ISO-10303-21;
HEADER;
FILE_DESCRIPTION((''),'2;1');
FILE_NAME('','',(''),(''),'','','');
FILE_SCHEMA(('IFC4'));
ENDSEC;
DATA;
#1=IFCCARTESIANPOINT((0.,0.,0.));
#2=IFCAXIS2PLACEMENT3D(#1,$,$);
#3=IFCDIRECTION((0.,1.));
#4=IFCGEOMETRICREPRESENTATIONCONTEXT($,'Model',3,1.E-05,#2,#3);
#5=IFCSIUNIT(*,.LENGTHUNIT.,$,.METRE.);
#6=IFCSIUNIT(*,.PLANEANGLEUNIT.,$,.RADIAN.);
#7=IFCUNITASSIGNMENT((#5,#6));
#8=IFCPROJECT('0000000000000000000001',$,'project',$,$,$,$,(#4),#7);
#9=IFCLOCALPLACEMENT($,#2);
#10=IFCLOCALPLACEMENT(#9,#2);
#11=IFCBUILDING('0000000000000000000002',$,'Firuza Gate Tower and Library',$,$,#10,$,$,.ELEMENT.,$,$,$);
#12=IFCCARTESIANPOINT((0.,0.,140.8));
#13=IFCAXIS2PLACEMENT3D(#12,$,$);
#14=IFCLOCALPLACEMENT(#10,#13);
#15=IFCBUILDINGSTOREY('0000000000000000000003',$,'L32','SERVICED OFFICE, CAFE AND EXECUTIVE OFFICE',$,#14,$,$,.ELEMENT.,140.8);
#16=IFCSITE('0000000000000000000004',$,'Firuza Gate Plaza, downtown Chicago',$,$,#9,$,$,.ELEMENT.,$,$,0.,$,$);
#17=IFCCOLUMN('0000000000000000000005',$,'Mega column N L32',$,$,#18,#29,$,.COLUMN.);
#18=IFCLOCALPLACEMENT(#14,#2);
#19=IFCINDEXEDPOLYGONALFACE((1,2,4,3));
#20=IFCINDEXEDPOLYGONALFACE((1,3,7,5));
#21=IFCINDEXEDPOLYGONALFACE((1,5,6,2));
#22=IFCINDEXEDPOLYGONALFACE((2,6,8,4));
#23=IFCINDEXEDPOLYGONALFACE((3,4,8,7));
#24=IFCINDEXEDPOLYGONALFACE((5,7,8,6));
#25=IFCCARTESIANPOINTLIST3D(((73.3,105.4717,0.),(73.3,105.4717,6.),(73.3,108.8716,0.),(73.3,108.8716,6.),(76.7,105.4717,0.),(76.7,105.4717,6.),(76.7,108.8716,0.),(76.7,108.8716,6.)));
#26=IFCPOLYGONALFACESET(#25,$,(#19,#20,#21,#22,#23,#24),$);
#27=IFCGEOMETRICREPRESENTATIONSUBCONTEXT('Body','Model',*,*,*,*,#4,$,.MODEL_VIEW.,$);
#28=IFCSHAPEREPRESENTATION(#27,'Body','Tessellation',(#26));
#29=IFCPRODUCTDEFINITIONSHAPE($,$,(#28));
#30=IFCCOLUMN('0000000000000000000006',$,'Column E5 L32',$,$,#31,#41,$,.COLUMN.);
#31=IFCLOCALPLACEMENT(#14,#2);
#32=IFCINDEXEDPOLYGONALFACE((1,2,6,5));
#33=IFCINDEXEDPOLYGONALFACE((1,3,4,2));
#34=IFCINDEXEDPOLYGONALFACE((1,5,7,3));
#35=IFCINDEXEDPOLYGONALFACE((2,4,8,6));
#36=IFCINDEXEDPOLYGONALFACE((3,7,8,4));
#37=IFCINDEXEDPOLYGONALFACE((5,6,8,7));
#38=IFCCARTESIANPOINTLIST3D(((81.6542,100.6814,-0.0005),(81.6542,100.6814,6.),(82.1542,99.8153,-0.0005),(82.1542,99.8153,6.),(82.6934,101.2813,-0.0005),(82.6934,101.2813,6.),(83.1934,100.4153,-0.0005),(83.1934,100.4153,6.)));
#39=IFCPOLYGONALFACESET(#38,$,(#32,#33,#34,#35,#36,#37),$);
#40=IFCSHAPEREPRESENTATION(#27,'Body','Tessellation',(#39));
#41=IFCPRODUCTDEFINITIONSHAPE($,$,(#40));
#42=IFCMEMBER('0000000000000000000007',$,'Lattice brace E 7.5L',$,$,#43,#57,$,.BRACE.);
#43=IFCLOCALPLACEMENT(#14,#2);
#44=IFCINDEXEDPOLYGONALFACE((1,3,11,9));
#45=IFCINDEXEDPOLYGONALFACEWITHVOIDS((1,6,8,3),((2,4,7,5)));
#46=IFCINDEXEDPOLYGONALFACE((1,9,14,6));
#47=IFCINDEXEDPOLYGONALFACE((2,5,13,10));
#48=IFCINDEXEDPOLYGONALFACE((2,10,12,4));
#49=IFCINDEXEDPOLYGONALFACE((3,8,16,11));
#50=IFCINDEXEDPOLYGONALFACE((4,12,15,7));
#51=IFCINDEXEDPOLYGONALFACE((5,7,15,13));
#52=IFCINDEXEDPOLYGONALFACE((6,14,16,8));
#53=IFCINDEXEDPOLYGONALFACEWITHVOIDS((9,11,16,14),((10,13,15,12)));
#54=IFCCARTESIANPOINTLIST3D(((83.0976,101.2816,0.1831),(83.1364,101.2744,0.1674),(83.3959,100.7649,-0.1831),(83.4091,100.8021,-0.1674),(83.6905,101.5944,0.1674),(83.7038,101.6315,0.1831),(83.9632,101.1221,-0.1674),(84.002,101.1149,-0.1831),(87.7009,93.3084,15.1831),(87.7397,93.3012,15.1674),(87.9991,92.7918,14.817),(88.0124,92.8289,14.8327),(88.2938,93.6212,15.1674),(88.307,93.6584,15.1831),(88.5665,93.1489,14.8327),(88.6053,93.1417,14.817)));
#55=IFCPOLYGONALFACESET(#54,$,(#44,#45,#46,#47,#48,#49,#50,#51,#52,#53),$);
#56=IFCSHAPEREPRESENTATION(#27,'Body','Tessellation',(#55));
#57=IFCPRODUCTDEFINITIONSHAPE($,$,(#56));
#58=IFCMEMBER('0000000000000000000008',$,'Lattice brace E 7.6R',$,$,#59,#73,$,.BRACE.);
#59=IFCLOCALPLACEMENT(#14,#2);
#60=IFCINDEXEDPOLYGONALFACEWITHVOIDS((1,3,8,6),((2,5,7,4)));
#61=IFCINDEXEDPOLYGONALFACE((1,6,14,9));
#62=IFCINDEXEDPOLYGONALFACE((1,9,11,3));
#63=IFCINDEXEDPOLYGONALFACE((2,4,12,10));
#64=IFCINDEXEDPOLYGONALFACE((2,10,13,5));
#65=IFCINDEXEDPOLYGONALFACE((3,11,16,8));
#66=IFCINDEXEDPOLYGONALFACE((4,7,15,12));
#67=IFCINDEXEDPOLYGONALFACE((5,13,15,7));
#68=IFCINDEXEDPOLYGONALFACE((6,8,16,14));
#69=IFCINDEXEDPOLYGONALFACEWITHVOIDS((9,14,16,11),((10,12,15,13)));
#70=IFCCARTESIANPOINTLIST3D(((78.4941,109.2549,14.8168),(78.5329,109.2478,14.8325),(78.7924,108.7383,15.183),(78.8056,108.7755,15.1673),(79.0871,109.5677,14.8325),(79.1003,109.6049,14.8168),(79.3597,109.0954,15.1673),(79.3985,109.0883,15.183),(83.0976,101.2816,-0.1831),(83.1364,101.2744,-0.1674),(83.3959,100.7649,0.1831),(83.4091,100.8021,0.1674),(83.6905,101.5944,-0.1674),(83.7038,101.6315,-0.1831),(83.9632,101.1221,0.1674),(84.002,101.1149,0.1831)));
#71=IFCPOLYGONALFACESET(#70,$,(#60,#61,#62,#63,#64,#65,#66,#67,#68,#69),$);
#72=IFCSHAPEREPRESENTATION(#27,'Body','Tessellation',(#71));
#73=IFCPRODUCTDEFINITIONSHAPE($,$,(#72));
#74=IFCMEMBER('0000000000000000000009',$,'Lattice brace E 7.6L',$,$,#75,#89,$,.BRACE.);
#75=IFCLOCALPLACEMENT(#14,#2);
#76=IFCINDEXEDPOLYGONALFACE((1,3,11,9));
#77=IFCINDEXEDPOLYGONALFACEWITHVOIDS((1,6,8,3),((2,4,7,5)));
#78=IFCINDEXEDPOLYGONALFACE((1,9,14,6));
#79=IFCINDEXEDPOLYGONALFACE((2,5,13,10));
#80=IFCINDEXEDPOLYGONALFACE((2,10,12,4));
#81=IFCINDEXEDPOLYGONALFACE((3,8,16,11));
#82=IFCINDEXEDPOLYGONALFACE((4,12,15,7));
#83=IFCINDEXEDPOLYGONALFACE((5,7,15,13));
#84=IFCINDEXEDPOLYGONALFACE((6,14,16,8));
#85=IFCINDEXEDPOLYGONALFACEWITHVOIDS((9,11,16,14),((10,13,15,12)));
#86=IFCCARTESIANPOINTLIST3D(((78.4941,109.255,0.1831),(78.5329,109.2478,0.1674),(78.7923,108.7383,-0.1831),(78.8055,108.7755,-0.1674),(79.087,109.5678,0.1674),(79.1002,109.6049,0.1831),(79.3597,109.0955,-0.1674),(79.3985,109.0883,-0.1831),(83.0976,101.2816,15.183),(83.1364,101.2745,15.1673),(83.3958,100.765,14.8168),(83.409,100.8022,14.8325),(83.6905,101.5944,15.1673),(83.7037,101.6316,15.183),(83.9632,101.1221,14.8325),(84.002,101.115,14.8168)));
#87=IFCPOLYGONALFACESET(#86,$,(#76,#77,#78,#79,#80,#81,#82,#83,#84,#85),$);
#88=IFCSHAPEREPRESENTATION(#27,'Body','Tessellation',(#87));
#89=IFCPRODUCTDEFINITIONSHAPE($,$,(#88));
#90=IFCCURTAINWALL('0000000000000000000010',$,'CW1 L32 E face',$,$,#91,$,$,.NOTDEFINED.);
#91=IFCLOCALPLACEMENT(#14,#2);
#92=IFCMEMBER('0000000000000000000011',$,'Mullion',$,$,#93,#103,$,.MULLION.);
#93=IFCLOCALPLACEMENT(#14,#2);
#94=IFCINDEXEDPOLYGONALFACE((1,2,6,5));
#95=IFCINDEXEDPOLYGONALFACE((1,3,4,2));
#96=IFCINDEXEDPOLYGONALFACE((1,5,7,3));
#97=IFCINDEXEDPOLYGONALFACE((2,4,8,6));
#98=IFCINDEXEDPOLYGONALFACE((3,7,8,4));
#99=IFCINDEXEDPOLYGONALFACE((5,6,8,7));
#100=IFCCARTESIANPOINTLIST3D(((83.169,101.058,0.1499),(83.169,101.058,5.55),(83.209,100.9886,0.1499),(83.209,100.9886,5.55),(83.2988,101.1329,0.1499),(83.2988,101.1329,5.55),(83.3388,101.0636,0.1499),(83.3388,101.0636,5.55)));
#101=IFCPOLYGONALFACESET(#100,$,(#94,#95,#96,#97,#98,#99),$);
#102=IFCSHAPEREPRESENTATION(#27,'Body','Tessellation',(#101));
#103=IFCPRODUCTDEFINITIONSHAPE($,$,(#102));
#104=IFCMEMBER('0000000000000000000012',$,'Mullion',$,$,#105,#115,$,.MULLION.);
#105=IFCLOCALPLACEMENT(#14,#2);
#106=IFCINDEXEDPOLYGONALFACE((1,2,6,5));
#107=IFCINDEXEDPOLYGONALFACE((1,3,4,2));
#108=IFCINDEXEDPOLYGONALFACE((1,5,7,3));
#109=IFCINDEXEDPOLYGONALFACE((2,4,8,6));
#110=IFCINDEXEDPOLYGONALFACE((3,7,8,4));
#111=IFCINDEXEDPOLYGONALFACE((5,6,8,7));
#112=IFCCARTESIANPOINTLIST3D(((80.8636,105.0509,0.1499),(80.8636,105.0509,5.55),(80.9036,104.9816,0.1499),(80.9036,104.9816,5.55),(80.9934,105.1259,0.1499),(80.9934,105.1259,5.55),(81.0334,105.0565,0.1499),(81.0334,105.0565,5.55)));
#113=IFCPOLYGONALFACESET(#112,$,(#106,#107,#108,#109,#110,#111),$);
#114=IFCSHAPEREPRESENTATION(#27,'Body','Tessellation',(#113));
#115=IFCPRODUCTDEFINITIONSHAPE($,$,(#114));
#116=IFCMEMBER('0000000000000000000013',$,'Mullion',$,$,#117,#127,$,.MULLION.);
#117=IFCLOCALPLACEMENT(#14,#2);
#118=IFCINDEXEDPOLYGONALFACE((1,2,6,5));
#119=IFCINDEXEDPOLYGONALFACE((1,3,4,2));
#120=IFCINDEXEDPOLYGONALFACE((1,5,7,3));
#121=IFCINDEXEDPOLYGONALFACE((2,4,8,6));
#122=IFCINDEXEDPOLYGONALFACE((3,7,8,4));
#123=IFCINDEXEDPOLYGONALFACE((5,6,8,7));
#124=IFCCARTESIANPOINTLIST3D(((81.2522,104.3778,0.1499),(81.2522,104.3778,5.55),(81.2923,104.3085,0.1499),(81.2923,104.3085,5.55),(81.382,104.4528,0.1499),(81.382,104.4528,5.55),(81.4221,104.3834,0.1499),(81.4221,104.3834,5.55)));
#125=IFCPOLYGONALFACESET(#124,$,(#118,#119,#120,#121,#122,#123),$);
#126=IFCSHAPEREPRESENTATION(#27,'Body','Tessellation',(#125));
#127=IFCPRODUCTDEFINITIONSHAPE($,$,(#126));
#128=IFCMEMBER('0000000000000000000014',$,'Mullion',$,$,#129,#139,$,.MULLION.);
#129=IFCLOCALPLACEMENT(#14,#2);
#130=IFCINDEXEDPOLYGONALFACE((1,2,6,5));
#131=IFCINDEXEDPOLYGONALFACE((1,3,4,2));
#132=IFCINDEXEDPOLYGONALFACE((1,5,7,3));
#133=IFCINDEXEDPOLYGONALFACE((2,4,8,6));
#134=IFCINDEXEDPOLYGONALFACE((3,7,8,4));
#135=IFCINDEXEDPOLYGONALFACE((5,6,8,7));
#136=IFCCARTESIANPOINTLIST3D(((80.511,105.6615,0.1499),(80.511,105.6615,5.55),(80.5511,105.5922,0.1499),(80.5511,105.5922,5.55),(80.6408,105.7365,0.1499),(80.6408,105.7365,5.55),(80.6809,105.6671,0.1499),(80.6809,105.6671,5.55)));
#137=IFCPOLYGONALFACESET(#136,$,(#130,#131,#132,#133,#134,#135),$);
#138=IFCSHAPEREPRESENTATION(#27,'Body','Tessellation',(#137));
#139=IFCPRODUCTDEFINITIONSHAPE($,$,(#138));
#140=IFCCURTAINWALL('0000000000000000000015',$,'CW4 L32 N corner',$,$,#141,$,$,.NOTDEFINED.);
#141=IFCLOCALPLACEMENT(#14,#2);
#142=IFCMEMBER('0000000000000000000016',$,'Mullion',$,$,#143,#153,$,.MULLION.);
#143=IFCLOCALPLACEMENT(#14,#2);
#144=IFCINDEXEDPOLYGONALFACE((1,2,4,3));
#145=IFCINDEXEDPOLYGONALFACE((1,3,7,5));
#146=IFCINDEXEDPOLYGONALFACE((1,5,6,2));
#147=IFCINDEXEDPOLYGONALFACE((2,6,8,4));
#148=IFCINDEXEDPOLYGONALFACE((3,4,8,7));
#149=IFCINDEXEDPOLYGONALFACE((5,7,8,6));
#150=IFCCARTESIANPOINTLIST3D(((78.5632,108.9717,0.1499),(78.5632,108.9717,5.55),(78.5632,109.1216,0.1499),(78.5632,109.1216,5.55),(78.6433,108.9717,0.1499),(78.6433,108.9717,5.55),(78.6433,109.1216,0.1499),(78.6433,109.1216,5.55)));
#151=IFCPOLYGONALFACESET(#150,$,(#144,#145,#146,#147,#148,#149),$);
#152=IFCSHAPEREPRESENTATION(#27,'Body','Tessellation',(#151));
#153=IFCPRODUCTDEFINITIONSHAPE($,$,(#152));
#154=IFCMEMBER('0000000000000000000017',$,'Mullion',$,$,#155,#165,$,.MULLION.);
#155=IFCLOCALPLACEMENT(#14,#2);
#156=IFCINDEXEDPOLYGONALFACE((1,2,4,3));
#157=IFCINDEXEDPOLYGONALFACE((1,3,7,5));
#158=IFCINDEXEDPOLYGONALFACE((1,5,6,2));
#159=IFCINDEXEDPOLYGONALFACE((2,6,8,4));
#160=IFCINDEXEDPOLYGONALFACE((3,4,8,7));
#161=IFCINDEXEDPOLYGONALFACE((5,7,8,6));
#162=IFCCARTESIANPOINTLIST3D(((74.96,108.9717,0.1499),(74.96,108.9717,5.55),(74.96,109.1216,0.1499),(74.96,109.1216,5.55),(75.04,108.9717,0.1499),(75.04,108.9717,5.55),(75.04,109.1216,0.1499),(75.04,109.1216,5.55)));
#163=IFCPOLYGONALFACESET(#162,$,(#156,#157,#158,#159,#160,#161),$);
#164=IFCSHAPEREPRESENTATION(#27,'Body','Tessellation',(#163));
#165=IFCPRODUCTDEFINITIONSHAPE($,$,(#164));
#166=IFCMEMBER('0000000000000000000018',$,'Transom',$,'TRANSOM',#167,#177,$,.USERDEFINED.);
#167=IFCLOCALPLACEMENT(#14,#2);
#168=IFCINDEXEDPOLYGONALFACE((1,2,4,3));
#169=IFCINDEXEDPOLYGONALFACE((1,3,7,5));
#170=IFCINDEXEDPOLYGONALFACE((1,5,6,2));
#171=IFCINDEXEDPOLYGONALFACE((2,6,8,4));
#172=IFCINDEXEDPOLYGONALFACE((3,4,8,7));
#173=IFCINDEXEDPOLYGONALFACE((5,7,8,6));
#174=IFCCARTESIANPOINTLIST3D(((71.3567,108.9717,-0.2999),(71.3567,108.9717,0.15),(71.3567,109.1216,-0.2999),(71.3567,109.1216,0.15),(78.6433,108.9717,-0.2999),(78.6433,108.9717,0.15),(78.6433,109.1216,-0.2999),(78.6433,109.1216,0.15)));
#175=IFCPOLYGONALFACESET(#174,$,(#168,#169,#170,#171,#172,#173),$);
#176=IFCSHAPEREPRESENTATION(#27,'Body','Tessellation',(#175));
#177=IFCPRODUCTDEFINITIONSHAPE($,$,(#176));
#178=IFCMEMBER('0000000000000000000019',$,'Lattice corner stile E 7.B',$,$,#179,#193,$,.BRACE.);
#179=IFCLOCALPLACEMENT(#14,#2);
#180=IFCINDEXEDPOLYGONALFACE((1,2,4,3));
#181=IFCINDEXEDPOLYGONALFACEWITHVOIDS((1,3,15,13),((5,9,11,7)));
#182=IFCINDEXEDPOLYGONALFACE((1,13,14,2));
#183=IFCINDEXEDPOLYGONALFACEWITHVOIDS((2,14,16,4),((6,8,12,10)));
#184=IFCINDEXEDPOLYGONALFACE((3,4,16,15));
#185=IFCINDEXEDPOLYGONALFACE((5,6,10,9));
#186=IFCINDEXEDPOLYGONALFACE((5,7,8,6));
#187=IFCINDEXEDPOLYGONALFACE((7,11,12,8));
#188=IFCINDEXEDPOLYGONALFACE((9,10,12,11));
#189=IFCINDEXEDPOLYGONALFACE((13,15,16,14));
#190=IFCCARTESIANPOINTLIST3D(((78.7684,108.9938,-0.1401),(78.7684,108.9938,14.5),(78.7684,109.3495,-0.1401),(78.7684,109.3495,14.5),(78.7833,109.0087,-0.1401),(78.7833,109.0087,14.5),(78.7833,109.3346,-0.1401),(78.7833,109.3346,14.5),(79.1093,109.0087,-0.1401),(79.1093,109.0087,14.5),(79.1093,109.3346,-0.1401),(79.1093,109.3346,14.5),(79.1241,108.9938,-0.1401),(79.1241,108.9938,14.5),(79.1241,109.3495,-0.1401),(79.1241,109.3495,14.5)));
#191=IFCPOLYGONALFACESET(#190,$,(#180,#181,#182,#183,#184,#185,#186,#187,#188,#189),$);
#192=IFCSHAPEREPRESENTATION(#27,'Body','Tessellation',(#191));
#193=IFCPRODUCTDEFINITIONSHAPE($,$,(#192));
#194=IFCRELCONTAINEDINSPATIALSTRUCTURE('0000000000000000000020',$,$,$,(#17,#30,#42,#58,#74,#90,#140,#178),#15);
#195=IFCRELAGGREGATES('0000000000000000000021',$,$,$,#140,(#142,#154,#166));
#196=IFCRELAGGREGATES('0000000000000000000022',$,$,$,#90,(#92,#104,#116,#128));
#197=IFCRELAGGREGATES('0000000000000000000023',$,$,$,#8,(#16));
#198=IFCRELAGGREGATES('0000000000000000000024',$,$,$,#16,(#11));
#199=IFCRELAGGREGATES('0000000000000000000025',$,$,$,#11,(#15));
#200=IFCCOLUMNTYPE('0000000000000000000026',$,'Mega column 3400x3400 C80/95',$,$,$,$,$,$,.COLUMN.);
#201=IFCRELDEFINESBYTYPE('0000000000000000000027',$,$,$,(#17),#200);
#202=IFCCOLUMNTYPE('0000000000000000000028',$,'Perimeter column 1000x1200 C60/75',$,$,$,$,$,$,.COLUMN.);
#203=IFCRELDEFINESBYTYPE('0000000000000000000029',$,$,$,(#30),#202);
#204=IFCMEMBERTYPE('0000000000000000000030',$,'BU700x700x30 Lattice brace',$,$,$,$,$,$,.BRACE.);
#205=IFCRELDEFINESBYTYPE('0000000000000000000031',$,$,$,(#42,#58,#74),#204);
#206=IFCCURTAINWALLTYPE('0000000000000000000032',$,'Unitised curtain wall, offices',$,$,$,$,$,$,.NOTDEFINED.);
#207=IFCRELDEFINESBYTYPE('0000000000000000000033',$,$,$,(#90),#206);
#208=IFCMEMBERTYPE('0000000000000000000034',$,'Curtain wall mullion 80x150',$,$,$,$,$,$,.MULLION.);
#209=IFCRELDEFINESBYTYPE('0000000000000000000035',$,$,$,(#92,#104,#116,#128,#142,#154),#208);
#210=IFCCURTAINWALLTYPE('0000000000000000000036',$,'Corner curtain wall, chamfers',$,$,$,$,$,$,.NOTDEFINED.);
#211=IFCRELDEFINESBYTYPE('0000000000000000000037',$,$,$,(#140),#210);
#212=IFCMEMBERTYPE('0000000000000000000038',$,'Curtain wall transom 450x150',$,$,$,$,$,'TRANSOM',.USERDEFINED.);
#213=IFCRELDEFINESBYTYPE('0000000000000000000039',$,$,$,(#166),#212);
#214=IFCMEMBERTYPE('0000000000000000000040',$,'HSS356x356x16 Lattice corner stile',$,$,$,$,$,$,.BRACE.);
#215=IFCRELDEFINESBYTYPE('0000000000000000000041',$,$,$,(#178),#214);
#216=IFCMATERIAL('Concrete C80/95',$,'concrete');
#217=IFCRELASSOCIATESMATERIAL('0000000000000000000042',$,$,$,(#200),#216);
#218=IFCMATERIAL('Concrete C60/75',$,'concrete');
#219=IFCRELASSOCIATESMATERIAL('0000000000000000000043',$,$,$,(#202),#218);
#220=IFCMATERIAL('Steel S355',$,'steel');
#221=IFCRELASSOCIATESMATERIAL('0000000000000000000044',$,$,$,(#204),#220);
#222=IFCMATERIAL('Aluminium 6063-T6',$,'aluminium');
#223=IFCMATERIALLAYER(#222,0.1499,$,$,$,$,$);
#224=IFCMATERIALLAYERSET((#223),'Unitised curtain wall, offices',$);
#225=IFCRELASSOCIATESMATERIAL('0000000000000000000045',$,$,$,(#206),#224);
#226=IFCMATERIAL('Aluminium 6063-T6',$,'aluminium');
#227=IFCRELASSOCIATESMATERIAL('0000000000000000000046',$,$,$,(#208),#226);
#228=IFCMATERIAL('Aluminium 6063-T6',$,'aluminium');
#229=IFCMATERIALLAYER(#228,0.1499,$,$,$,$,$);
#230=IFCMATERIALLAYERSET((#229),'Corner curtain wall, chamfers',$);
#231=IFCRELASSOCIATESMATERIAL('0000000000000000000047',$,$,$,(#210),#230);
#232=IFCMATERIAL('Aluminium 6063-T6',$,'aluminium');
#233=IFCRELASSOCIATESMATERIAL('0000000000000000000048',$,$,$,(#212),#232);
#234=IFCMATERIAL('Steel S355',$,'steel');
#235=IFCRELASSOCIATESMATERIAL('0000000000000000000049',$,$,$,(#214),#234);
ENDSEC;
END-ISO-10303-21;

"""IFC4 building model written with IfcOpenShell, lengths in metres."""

from ifc_helpers import new_model, si_unit, direction, frame, origin, origin_2d, place, context, subcontext, project, spatial, rectangle, hollow_rectangle, extrude, material, layer, layer_set, material_profile, profile_set, type_object, element, aggregate, save


model = new_model("IFC4")

# Units and contexts
model_context = context("Model", 3, precision=1e-05, world=origin(), true_north=direction((0.0, 1.0)))
body_context = subcontext(model_context, "Body", "Model", "MODEL_VIEW")
ifc_project = project(units=[si_unit("LENGTHUNIT", "METRE"), si_unit("PLANEANGLEUNIT", "RADIAN")], contexts=[model_context])

# Site, building, storey
site_placement = place(None, origin())
site = spatial("IfcSite", under=ifc_project, at=site_placement, Name="Firuza Gate Plaza, downtown Chicago", CompositionType="ELEMENT", RefElevation=0.0)
building_placement = place(site_placement, origin())
building = spatial("IfcBuilding", under=site, at=building_placement, Name="Firuza Gate Tower and Library", CompositionType="ELEMENT")
storey_placement = place(building_placement, frame((0.0, 0.0, 140.8)))
storey = spatial("IfcBuildingStorey", under=building, at=storey_placement, Name="L32", Description="SERVICED OFFICE, CAFE AND EXECUTIVE OFFICE", CompositionType="ELEMENT", Elevation=140.8)

# Columns
ifc_material_1 = material(Name="Concrete C80/95", Category="concrete")
ifc_material_profile_1 = material_profile(ifc_material_1, rectangle(XDim=3.3999, YDim=3.3999, at=origin_2d()))
ifc_profile_set_1 = profile_set([ifc_material_profile_1], Name="Concrete C80/95")
column_type_1 = type_object("IfcColumnType", Name="Mega column 3400x3400 C80/95", PredefinedType="COLUMN", material=ifc_profile_set_1)
column_1_placement = place(storey_placement, frame((75.0, 107.1716, 0.0), z_axis=(0.0, 0.0, 1.0), x_axis=(-1.0, 0.0, 0.0)))
element("IfcColumn", 1, at=column_1_placement, inside=storey, type_object=column_type_1, Name="Mega column N L32", PredefinedType="COLUMN", context=body_context, shape_type="SweptSolid", body=[
    extrude(rectangle(XDim=3.3999, YDim=3.3999, at=origin_2d()), origin(), (0.0, 0.0, 1.0), 6.0),
])
ifc_material_2 = material(Name="Concrete C60/75", Category="concrete")
ifc_material_profile_2 = material_profile(ifc_material_2, rectangle(XDim=1.0, YDim=1.2, at=origin_2d()))
ifc_profile_set_2 = profile_set([ifc_material_profile_2], Name="Concrete C60/75")
column_type_2 = type_object("IfcColumnType", Name="Perimeter column 1000x1200 C60/75", PredefinedType="COLUMN", material=ifc_profile_set_2)
column_2_placement = place(storey_placement, frame((82.4238, 100.5483, -0.0005), z_axis=(0.0, 0.0, 1.0), x_axis=(-0.5, 0.866025, 0.0)))
element("IfcColumn", 2, at=column_2_placement, inside=storey, type_object=column_type_2, Name="Column E5 L32", PredefinedType="COLUMN", context=body_context, shape_type="SweptSolid", body=[
    extrude(rectangle(XDim=1.0, YDim=1.2, at=origin_2d()), origin(), (0.0, 0.0, 1.0), 6.0005),
])

# Members
ifc_material_3 = material(Name="Steel S355", Category="steel")
ifc_material_profile_3 = material_profile(ifc_material_3, hollow_rectangle(XDim=0.7, YDim=0.7, WallThickness=0.03, at=origin_2d()))
ifc_profile_set_3 = profile_set([ifc_material_profile_3], Name="Steel S355")
member_type_1 = type_object("IfcMemberType", Name="BU700x700x30 Lattice brace", PredefinedType="BRACE", material=ifc_profile_set_3)
for number, where, z_axis, x_axis, name in (
    (3, (83.5498, 101.1982, 0.0), (0.261549, -0.453019, 0.852271), (0.866027, 0.499998, 0.0), "Lattice brace E 7.5L"),
    (4, (83.5498, 101.1982, 0.0), (-0.26156, 0.453028, 0.852263), (-0.866022, -0.500006, 0.0), "Lattice brace E 7.6R"),
    (5, (78.9463, 109.1716, 0.0), (0.26156, -0.453028, 0.852263), (0.866022, 0.500006, 0.0), "Lattice brace E 7.6L"),
):
    element("IfcMember", number, at=place(storey_placement, frame(where, z_axis=z_axis, x_axis=x_axis)), inside=storey, type_object=member_type_1, Name=name, PredefinedType="BRACE", context=body_context, shape_type="SweptSolid", body=[
        extrude(hollow_rectangle(XDim=0.7, YDim=0.7, WallThickness=0.03, at=origin_2d()), origin(), (0.0, 0.0, 1.0), 17.6001),
    ])

# Curtain walls, members
ifc_material_4 = material(Name="Aluminium 6063-T6", Category="aluminium")
ifc_layer_1 = layer(ifc_material_4, 0.1499)
ifc_layer_set_1 = layer_set([ifc_layer_1], Name="Unitised curtain wall, offices")
curtain_wall_type_1 = type_object("IfcCurtainWallType", Name="Unitised curtain wall, offices", PredefinedType="NOTDEFINED", material=ifc_layer_set_1)
placement = place(storey_placement, origin())
curtain_wall_1 = element("IfcCurtainWall", 6, at=placement, inside=storey, type_object=curtain_wall_type_1, Name="CW1 L32 E face", PredefinedType="NOTDEFINED")
ifc_material_5 = material(Name="Aluminium 6063-T6", Category="aluminium")
ifc_material_profile_4 = material_profile(ifc_material_5, rectangle(XDim=0.1499, YDim=0.0801, at=origin_2d()))
ifc_profile_set_4 = profile_set([ifc_material_profile_4], Name="Aluminium 6063-T6")
member_type_2 = type_object("IfcMemberType", Name="Curtain wall mullion 80x150", PredefinedType="MULLION", material=ifc_profile_set_4)
member_1_placement = place(storey_placement, frame((83.2539, 101.0608, 0.1499), z_axis=(0.0, 0.0, 1.0), x_axis=(-0.866025, -0.5, 0.0)))
member_1 = element("IfcMember", 7, at=member_1_placement, type_object=member_type_2, Name="Mullion", PredefinedType="MULLION", context=body_context, shape_type="SweptSolid", body=[
    extrude(rectangle(XDim=0.1499, YDim=0.0801, at=origin_2d()), origin(), (0.0, 0.0, 1.0), 5.4001),
])
member_2_placement = place(storey_placement, frame((80.9485, 105.0537, 0.1499), z_axis=(0.0, 0.0, 1.0), x_axis=(-0.866025, -0.5, 0.0)))
member_2 = element("IfcMember", 8, at=member_2_placement, type_object=member_type_2, Name="Mullion", PredefinedType="MULLION", context=body_context, shape_type="SweptSolid", body=[
    extrude(rectangle(XDim=0.1499, YDim=0.0801, at=origin_2d()), origin(), (0.0, 0.0, 1.0), 5.4001),
])
member_3_placement = place(storey_placement, frame((81.3372, 104.3806, 0.1499), z_axis=(0.0, 0.0, 1.0), x_axis=(-0.866025, -0.5, 0.0)))
member_3 = element("IfcMember", 9, at=member_3_placement, type_object=member_type_2, Name="Mullion", PredefinedType="MULLION", context=body_context, shape_type="SweptSolid", body=[
    extrude(rectangle(XDim=0.1499, YDim=0.0801, at=origin_2d()), origin(), (0.0, 0.0, 1.0), 5.4001),
])
member_4_placement = place(storey_placement, frame((80.5959, 105.6643, 0.1499), z_axis=(0.0, 0.0, 1.0), x_axis=(-0.866025, -0.5, 0.0)))
member_4 = element("IfcMember", 10, at=member_4_placement, type_object=member_type_2, Name="Mullion", PredefinedType="MULLION", context=body_context, shape_type="SweptSolid", body=[
    extrude(rectangle(XDim=0.1499, YDim=0.0801, at=origin_2d()), origin(), (0.0, 0.0, 1.0), 5.4001),
])
ifc_material_6 = material(Name="Aluminium 6063-T6", Category="aluminium")
ifc_layer_2 = layer(ifc_material_6, 0.1499)
ifc_layer_set_2 = layer_set([ifc_layer_2], Name="Corner curtain wall, chamfers")
curtain_wall_type_2 = type_object("IfcCurtainWallType", Name="Corner curtain wall, chamfers", PredefinedType="NOTDEFINED", material=ifc_layer_set_2)
curtain_wall_2 = element("IfcCurtainWall", 11, at=placement, inside=storey, type_object=curtain_wall_type_2, Name="CW4 L32 N corner", PredefinedType="NOTDEFINED")
member_5_placement = place(storey_placement, frame((78.6033, 109.0466, 0.1499), z_axis=(0.0, 0.0, 1.0), x_axis=(0.0, -1.0, 0.0)))
member_5 = element("IfcMember", 12, at=member_5_placement, type_object=member_type_2, Name="Mullion", PredefinedType="MULLION", context=body_context, shape_type="SweptSolid", body=[
    extrude(rectangle(XDim=0.1499, YDim=0.0801, at=origin_2d()), origin(), (0.0, 0.0, 1.0), 5.4001),
])
member_6_placement = place(storey_placement, frame((75.0, 109.0466, 0.1499), z_axis=(0.0, 0.0, 1.0), x_axis=(0.0, -1.0, 0.0)))
member_6 = element("IfcMember", 13, at=member_6_placement, type_object=member_type_2, Name="Mullion", PredefinedType="MULLION", context=body_context, shape_type="SweptSolid", body=[
    extrude(rectangle(XDim=0.1499, YDim=0.0801, at=origin_2d()), origin(), (0.0, 0.0, 1.0), 5.4001),
])
ifc_material_7 = material(Name="Aluminium 6063-T6", Category="aluminium")
ifc_material_profile_5 = material_profile(ifc_material_7, rectangle(XDim=0.1499, YDim=0.45, at=origin_2d()))
ifc_profile_set_5 = profile_set([ifc_material_profile_5], Name="Aluminium 6063-T6")
member_type_3 = type_object("IfcMemberType", Name="Curtain wall transom 450x150", ElementType="TRANSOM", PredefinedType="USERDEFINED", material=ifc_profile_set_5)
member_7_placement = place(storey_placement, frame((78.6433, 109.0466, -0.075), z_axis=(-1.0, 0.0, 0.0), x_axis=(0.0, -1.0, 0.0)))
member_7 = element("IfcMember", 14, at=member_7_placement, type_object=member_type_3, Name="Transom", ObjectType="TRANSOM", PredefinedType="USERDEFINED", context=body_context, shape_type="SweptSolid", body=[
    extrude(rectangle(XDim=0.1499, YDim=0.45, at=origin_2d()), origin(), (0.0, 0.0, 1.0), 7.2866),
])

# Member
ifc_material_8 = material(Name="Steel S355", Category="steel")
ifc_material_profile_6 = material_profile(ifc_material_8, hollow_rectangle(XDim=0.3557, YDim=0.3557, WallThickness=0.0149, at=origin_2d()))
ifc_profile_set_6 = profile_set([ifc_material_profile_6], Name="Steel S355")
member_type_4 = type_object("IfcMemberType", Name="HSS356x356x16 Lattice corner stile", PredefinedType="BRACE", material=ifc_profile_set_6)
member_8_placement = place(storey_placement, frame((78.9463, 109.1716, -0.1401), z_axis=(0.0, 0.0, 1.0), x_axis=(1.0, 0.0, 0.0)))
element("IfcMember", 15, at=member_8_placement, inside=storey, type_object=member_type_4, Name="Lattice corner stile E 7.B", PredefinedType="BRACE", context=body_context, shape_type="SweptSolid", body=[
    extrude(hollow_rectangle(XDim=0.3557, YDim=0.3557, WallThickness=0.0149, at=origin_2d()), origin(), (0.0, 0.0, 1.0), 14.6401),
])

aggregate(curtain_wall_2, [member_5, member_6, member_7])
aggregate(curtain_wall_1, [member_1, member_2, member_3, member_4])

save(model, "model.ifc")
